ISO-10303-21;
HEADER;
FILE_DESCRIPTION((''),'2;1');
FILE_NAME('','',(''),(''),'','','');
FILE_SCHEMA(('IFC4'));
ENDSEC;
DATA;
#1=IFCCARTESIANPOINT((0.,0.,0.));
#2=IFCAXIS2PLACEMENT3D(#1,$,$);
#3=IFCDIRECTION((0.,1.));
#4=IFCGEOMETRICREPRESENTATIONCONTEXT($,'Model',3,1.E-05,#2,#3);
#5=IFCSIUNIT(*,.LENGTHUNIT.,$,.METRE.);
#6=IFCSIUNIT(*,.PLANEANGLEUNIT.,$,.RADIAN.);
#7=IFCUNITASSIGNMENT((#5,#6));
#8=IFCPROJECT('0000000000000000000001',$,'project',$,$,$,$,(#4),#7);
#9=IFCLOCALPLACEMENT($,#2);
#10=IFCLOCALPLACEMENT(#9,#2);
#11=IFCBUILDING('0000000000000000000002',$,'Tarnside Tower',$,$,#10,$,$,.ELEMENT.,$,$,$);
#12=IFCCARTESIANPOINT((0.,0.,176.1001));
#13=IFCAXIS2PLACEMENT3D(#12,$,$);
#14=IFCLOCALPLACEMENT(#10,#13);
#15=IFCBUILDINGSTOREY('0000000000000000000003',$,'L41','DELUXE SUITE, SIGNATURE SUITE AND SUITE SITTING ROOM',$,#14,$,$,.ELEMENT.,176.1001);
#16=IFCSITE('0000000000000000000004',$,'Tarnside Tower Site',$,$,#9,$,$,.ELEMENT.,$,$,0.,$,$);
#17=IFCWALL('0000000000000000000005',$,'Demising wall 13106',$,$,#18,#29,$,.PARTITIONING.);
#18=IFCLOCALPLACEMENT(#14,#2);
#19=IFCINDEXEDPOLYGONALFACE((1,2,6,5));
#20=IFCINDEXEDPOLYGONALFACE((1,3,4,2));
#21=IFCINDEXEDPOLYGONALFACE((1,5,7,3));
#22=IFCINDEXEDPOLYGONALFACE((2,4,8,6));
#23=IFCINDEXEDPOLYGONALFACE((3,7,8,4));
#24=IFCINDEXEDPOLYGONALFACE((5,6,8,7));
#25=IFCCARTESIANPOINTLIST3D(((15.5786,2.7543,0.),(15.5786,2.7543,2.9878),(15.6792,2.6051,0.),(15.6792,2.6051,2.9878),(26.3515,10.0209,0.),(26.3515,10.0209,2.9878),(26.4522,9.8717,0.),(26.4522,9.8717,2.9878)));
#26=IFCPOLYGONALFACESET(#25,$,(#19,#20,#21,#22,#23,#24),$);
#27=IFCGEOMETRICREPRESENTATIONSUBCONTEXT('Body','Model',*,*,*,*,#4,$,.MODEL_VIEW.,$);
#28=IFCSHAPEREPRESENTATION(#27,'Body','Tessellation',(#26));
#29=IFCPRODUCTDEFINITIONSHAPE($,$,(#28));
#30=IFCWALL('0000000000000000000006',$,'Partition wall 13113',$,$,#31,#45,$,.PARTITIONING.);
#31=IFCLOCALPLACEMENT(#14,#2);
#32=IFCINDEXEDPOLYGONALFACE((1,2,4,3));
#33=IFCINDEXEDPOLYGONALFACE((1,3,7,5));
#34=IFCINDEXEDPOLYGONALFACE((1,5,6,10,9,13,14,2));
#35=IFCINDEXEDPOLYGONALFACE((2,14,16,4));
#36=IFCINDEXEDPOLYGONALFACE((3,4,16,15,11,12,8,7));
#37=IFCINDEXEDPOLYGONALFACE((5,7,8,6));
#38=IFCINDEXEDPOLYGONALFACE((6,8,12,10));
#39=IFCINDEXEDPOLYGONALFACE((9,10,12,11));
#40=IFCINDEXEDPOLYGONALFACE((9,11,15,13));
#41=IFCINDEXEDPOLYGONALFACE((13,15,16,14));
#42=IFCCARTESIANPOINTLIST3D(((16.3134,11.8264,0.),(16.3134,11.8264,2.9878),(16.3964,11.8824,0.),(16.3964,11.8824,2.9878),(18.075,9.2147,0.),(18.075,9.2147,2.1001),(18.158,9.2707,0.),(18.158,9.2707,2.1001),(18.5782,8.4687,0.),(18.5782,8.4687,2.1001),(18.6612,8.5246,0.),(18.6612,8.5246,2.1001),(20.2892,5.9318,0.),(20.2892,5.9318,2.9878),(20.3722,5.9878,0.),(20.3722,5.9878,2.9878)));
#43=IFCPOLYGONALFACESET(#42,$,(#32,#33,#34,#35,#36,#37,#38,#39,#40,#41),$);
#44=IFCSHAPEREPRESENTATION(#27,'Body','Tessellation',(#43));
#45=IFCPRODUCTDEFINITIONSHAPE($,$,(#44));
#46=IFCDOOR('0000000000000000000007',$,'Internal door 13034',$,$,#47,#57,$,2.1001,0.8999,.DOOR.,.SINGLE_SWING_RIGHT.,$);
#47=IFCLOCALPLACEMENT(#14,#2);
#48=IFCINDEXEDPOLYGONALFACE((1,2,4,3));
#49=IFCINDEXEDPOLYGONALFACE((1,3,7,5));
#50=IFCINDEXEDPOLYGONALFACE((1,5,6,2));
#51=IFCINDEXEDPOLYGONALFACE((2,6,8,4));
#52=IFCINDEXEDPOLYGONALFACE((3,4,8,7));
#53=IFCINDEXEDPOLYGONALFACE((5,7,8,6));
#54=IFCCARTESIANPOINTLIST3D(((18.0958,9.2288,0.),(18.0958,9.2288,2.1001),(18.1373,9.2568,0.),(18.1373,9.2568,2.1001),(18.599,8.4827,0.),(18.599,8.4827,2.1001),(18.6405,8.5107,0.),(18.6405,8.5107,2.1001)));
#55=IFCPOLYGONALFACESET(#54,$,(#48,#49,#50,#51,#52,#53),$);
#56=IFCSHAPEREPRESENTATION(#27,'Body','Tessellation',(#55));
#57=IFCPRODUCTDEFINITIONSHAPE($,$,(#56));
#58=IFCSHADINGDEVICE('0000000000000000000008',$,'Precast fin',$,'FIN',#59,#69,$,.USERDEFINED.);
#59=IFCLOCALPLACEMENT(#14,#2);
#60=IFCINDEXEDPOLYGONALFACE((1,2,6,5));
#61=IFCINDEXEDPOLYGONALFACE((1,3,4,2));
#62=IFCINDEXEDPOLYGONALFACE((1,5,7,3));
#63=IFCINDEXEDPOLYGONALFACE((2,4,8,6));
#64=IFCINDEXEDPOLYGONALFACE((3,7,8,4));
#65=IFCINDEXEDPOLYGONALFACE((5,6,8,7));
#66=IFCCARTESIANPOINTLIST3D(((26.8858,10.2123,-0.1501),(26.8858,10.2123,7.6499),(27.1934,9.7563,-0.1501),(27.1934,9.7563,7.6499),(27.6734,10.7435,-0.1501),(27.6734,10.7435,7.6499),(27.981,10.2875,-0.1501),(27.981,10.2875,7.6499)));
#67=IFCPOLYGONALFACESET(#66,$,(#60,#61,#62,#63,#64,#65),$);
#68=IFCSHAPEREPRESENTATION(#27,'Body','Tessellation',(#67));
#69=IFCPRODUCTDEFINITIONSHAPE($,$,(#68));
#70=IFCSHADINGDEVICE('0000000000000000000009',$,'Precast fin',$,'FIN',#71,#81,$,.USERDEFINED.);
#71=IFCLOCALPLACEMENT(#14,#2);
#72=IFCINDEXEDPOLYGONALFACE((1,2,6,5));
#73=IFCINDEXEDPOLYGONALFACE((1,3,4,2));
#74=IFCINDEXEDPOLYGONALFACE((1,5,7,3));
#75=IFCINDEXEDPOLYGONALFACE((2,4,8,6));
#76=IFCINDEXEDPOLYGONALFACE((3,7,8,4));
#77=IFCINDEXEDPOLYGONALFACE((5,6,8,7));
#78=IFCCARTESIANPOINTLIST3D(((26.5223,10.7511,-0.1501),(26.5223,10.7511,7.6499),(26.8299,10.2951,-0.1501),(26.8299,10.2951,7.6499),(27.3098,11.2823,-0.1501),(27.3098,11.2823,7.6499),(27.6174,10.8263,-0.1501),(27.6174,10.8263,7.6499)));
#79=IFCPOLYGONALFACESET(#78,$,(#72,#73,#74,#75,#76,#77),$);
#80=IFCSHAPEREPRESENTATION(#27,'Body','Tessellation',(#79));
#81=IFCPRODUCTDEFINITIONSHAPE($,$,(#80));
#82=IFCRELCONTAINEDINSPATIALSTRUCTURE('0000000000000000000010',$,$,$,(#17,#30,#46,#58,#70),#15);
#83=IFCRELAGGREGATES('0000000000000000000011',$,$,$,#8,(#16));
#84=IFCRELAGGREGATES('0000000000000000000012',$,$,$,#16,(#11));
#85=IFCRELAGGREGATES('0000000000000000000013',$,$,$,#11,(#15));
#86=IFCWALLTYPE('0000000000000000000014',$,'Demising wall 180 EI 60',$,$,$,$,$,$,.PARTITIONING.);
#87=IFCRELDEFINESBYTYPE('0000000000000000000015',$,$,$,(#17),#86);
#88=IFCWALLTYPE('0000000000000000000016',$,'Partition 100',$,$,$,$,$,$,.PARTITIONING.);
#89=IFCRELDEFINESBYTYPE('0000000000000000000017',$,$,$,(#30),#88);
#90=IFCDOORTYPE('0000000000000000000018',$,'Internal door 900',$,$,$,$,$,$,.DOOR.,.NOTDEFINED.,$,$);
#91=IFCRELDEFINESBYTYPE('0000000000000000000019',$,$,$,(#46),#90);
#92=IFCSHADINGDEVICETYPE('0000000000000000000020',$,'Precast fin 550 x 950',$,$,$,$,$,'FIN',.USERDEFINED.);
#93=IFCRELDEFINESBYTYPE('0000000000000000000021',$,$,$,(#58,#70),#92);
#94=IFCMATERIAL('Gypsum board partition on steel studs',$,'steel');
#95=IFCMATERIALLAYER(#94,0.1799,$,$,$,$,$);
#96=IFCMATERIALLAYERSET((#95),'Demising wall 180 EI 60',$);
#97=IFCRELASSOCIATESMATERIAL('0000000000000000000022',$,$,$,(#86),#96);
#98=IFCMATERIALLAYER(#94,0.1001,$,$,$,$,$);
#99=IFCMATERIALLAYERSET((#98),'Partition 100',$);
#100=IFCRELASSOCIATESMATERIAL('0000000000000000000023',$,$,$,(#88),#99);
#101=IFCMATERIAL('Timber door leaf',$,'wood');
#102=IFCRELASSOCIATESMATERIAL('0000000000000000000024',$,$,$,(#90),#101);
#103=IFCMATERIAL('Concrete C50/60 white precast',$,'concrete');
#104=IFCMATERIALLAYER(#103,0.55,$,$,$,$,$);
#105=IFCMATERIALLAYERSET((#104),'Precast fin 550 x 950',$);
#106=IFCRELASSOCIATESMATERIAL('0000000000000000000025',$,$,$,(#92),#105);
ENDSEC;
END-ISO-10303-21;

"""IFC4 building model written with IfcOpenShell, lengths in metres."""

from ifc_helpers import new_model, si_unit, direction, frame, frame_2d, origin, place, context, subcontext, project, spatial, polyline, rectangle, outline, extrude, material, layer, layer_set, type_object, element, fill, save


model = new_model("IFC4")

# Units and contexts
model_context = context("Model", 3, precision=1e-05, world=origin(), true_north=direction((0.0, 1.0)))
body_context = subcontext(model_context, "Body", "Model", "MODEL_VIEW")
ifc_project = project(units=[si_unit("LENGTHUNIT", "METRE"), si_unit("PLANEANGLEUNIT", "RADIAN")], contexts=[model_context])

# Site, building, storey
site_placement = place(None, origin())
site = spatial("IfcSite", under=ifc_project, at=site_placement, Name="Tarnside Tower Site", CompositionType="ELEMENT", RefElevation=0.0)
building_placement = place(site_placement, origin())
building = spatial("IfcBuilding", under=site, at=building_placement, Name="Tarnside Tower", CompositionType="ELEMENT")
storey_placement = place(building_placement, frame((0.0, 0.0, 176.1001)))
storey = spatial("IfcBuildingStorey", under=building, at=storey_placement, Name="L41", Description="DELUXE SUITE, SIGNATURE SUITE AND SUITE SITTING ROOM", CompositionType="ELEMENT", Elevation=176.1001)

# Shared definitions
ifc_material_1 = material(Name="Gypsum board partition on steel studs", Category="steel")

# Shared definitions
ifc_material_2 = material(Name="Timber door leaf", Category="wood")

# Wall
ifc_layer_1 = layer(ifc_material_1, 0.1799)
ifc_layer_set_1 = layer_set([ifc_layer_1], Name="Demising wall 180 EI 60")
wall_type_1 = type_object("IfcWallType", Name="Demising wall 180 EI 60", PredefinedType="PARTITIONING", material=ifc_layer_set_1)
wall_1_placement = place(storey_placement, frame((26.4019, 9.9463, 0.0), z_axis=(0.0, 0.0, 1.0), x_axis=(-0.829032, -0.559201, 0.0)))
element("IfcWall", 1, at=wall_1_placement, inside=storey, type_object=wall_type_1, Name="Demising wall 13106", PredefinedType="PARTITIONING", context=body_context, shape_type="SweptSolid", body=[
    extrude(rectangle(XDim=12.9946, YDim=0.1799, at=frame_2d((6.4973, 0.0))), origin(), (0.0, 0.0, 1.0), 2.9878),
])

# Wall, opening, door
ifc_layer_2 = layer(ifc_material_1, 0.1001)
ifc_layer_set_2 = layer_set([ifc_layer_2], Name="Partition 100")
wall_type_2 = type_object("IfcWallType", Name="Partition 100", PredefinedType="PARTITIONING", material=ifc_layer_set_2)
wall_2_placement = place(storey_placement, frame((20.3308, 5.9597, 0.0), z_axis=(0.0, 0.0, 1.0), x_axis=(-0.559185, 0.829043, 0.0)))
wall_2 = element("IfcWall", 2, at=wall_2_placement, inside=storey, type_object=wall_type_2, Name="Partition wall 13113", PredefinedType="PARTITIONING", context=body_context, shape_type="SweptSolid", body=[
    extrude(rectangle(XDim=7.1101, YDim=0.1001, at=frame_2d((3.5552, 0.0))), origin(), (0.0, 0.0, 1.0), 2.9878),
])
opening_1_placement = place(wall_2_placement, frame((3.0601, 0.0, 0.0)))
opening_1 = element("IfcOpeningElement", 3, at=opening_1_placement, cuts=wall_2, PredefinedType="OPENING", context=body_context, shape_type="SweptSolid", body=[
    extrude(rectangle(XDim=0.8999, YDim=2.1001, at=frame_2d((0.45, 1.05))), frame((0.0, 0.0601, 0.0), z_axis=(0.0, -1.0, 0.0), x_axis=(1.0, 0.0, 0.0)), (0.0, 0.0, 1.0), 0.1201),
])
door_type_1 = type_object("IfcDoorType", Name="Internal door 900", OperationType="NOTDEFINED", PredefinedType="DOOR", material=ifc_material_2)
door_1_placement = place(opening_1_placement, origin())
door_1 = element("IfcDoor", 4, at=door_1_placement, inside=storey, type_object=door_type_1, Name="Internal door 13034", OperationType="SINGLE_SWING_RIGHT", OverallHeight=2.1001, OverallWidth=0.8999, PredefinedType="DOOR", context=body_context, shape_type="SweptSolid", body=[
    extrude(rectangle(XDim=0.8999, YDim=2.1001, at=frame_2d((0.45, 1.05))), frame((0.0, 0.0249, 0.0), z_axis=(0.0, -1.0, 0.0), x_axis=(1.0, 0.0, 0.0)), (0.0, 0.0, 1.0), 0.05),
])
fill(opening_1, door_1)

# Shading devices
ifc_material_3 = material(Name="Concrete C50/60 white precast", Category="concrete")
ifc_layer_3 = layer(ifc_material_3, 0.55)
ifc_layer_set_3 = layer_set([ifc_layer_3], Name="Precast fin 550 x 950")
shading_device_type = type_object("IfcShadingDeviceType", Name="Precast fin 550 x 950", ElementType="FIN", PredefinedType="USERDEFINED", material=ifc_layer_set_3)
for number, where, z_axis, x_axis, name in (
    (5, (27.0396, 9.9844, -0.1501), (0.559193, -0.829038, 0.0), (0.829038, 0.559193, 0.0), "Precast fin"),
    (6, (26.676, 10.5232, -0.1501), (0.559193, -0.829038, 0.0), (0.829038, 0.559193, 0.0), "Precast fin"),
):
    element("IfcShadingDevice", number, at=place(storey_placement, frame(where, z_axis=z_axis, x_axis=x_axis)), inside=storey, type_object=shading_device_type, Name=name, ObjectType="FIN", PredefinedType="USERDEFINED", context=body_context, shape_type="SweptSolid", body=[
        extrude(outline(polyline([(0.0, 0.0), (0.95, 0.0), (0.95, 7.8), (0.0, 7.8), (0.0, 0.0)])), frame((0.0, 0.0, -0.2749)), (0.0, 0.0, 1.0), 0.55),
    ])

save(model, "model.ifc")
